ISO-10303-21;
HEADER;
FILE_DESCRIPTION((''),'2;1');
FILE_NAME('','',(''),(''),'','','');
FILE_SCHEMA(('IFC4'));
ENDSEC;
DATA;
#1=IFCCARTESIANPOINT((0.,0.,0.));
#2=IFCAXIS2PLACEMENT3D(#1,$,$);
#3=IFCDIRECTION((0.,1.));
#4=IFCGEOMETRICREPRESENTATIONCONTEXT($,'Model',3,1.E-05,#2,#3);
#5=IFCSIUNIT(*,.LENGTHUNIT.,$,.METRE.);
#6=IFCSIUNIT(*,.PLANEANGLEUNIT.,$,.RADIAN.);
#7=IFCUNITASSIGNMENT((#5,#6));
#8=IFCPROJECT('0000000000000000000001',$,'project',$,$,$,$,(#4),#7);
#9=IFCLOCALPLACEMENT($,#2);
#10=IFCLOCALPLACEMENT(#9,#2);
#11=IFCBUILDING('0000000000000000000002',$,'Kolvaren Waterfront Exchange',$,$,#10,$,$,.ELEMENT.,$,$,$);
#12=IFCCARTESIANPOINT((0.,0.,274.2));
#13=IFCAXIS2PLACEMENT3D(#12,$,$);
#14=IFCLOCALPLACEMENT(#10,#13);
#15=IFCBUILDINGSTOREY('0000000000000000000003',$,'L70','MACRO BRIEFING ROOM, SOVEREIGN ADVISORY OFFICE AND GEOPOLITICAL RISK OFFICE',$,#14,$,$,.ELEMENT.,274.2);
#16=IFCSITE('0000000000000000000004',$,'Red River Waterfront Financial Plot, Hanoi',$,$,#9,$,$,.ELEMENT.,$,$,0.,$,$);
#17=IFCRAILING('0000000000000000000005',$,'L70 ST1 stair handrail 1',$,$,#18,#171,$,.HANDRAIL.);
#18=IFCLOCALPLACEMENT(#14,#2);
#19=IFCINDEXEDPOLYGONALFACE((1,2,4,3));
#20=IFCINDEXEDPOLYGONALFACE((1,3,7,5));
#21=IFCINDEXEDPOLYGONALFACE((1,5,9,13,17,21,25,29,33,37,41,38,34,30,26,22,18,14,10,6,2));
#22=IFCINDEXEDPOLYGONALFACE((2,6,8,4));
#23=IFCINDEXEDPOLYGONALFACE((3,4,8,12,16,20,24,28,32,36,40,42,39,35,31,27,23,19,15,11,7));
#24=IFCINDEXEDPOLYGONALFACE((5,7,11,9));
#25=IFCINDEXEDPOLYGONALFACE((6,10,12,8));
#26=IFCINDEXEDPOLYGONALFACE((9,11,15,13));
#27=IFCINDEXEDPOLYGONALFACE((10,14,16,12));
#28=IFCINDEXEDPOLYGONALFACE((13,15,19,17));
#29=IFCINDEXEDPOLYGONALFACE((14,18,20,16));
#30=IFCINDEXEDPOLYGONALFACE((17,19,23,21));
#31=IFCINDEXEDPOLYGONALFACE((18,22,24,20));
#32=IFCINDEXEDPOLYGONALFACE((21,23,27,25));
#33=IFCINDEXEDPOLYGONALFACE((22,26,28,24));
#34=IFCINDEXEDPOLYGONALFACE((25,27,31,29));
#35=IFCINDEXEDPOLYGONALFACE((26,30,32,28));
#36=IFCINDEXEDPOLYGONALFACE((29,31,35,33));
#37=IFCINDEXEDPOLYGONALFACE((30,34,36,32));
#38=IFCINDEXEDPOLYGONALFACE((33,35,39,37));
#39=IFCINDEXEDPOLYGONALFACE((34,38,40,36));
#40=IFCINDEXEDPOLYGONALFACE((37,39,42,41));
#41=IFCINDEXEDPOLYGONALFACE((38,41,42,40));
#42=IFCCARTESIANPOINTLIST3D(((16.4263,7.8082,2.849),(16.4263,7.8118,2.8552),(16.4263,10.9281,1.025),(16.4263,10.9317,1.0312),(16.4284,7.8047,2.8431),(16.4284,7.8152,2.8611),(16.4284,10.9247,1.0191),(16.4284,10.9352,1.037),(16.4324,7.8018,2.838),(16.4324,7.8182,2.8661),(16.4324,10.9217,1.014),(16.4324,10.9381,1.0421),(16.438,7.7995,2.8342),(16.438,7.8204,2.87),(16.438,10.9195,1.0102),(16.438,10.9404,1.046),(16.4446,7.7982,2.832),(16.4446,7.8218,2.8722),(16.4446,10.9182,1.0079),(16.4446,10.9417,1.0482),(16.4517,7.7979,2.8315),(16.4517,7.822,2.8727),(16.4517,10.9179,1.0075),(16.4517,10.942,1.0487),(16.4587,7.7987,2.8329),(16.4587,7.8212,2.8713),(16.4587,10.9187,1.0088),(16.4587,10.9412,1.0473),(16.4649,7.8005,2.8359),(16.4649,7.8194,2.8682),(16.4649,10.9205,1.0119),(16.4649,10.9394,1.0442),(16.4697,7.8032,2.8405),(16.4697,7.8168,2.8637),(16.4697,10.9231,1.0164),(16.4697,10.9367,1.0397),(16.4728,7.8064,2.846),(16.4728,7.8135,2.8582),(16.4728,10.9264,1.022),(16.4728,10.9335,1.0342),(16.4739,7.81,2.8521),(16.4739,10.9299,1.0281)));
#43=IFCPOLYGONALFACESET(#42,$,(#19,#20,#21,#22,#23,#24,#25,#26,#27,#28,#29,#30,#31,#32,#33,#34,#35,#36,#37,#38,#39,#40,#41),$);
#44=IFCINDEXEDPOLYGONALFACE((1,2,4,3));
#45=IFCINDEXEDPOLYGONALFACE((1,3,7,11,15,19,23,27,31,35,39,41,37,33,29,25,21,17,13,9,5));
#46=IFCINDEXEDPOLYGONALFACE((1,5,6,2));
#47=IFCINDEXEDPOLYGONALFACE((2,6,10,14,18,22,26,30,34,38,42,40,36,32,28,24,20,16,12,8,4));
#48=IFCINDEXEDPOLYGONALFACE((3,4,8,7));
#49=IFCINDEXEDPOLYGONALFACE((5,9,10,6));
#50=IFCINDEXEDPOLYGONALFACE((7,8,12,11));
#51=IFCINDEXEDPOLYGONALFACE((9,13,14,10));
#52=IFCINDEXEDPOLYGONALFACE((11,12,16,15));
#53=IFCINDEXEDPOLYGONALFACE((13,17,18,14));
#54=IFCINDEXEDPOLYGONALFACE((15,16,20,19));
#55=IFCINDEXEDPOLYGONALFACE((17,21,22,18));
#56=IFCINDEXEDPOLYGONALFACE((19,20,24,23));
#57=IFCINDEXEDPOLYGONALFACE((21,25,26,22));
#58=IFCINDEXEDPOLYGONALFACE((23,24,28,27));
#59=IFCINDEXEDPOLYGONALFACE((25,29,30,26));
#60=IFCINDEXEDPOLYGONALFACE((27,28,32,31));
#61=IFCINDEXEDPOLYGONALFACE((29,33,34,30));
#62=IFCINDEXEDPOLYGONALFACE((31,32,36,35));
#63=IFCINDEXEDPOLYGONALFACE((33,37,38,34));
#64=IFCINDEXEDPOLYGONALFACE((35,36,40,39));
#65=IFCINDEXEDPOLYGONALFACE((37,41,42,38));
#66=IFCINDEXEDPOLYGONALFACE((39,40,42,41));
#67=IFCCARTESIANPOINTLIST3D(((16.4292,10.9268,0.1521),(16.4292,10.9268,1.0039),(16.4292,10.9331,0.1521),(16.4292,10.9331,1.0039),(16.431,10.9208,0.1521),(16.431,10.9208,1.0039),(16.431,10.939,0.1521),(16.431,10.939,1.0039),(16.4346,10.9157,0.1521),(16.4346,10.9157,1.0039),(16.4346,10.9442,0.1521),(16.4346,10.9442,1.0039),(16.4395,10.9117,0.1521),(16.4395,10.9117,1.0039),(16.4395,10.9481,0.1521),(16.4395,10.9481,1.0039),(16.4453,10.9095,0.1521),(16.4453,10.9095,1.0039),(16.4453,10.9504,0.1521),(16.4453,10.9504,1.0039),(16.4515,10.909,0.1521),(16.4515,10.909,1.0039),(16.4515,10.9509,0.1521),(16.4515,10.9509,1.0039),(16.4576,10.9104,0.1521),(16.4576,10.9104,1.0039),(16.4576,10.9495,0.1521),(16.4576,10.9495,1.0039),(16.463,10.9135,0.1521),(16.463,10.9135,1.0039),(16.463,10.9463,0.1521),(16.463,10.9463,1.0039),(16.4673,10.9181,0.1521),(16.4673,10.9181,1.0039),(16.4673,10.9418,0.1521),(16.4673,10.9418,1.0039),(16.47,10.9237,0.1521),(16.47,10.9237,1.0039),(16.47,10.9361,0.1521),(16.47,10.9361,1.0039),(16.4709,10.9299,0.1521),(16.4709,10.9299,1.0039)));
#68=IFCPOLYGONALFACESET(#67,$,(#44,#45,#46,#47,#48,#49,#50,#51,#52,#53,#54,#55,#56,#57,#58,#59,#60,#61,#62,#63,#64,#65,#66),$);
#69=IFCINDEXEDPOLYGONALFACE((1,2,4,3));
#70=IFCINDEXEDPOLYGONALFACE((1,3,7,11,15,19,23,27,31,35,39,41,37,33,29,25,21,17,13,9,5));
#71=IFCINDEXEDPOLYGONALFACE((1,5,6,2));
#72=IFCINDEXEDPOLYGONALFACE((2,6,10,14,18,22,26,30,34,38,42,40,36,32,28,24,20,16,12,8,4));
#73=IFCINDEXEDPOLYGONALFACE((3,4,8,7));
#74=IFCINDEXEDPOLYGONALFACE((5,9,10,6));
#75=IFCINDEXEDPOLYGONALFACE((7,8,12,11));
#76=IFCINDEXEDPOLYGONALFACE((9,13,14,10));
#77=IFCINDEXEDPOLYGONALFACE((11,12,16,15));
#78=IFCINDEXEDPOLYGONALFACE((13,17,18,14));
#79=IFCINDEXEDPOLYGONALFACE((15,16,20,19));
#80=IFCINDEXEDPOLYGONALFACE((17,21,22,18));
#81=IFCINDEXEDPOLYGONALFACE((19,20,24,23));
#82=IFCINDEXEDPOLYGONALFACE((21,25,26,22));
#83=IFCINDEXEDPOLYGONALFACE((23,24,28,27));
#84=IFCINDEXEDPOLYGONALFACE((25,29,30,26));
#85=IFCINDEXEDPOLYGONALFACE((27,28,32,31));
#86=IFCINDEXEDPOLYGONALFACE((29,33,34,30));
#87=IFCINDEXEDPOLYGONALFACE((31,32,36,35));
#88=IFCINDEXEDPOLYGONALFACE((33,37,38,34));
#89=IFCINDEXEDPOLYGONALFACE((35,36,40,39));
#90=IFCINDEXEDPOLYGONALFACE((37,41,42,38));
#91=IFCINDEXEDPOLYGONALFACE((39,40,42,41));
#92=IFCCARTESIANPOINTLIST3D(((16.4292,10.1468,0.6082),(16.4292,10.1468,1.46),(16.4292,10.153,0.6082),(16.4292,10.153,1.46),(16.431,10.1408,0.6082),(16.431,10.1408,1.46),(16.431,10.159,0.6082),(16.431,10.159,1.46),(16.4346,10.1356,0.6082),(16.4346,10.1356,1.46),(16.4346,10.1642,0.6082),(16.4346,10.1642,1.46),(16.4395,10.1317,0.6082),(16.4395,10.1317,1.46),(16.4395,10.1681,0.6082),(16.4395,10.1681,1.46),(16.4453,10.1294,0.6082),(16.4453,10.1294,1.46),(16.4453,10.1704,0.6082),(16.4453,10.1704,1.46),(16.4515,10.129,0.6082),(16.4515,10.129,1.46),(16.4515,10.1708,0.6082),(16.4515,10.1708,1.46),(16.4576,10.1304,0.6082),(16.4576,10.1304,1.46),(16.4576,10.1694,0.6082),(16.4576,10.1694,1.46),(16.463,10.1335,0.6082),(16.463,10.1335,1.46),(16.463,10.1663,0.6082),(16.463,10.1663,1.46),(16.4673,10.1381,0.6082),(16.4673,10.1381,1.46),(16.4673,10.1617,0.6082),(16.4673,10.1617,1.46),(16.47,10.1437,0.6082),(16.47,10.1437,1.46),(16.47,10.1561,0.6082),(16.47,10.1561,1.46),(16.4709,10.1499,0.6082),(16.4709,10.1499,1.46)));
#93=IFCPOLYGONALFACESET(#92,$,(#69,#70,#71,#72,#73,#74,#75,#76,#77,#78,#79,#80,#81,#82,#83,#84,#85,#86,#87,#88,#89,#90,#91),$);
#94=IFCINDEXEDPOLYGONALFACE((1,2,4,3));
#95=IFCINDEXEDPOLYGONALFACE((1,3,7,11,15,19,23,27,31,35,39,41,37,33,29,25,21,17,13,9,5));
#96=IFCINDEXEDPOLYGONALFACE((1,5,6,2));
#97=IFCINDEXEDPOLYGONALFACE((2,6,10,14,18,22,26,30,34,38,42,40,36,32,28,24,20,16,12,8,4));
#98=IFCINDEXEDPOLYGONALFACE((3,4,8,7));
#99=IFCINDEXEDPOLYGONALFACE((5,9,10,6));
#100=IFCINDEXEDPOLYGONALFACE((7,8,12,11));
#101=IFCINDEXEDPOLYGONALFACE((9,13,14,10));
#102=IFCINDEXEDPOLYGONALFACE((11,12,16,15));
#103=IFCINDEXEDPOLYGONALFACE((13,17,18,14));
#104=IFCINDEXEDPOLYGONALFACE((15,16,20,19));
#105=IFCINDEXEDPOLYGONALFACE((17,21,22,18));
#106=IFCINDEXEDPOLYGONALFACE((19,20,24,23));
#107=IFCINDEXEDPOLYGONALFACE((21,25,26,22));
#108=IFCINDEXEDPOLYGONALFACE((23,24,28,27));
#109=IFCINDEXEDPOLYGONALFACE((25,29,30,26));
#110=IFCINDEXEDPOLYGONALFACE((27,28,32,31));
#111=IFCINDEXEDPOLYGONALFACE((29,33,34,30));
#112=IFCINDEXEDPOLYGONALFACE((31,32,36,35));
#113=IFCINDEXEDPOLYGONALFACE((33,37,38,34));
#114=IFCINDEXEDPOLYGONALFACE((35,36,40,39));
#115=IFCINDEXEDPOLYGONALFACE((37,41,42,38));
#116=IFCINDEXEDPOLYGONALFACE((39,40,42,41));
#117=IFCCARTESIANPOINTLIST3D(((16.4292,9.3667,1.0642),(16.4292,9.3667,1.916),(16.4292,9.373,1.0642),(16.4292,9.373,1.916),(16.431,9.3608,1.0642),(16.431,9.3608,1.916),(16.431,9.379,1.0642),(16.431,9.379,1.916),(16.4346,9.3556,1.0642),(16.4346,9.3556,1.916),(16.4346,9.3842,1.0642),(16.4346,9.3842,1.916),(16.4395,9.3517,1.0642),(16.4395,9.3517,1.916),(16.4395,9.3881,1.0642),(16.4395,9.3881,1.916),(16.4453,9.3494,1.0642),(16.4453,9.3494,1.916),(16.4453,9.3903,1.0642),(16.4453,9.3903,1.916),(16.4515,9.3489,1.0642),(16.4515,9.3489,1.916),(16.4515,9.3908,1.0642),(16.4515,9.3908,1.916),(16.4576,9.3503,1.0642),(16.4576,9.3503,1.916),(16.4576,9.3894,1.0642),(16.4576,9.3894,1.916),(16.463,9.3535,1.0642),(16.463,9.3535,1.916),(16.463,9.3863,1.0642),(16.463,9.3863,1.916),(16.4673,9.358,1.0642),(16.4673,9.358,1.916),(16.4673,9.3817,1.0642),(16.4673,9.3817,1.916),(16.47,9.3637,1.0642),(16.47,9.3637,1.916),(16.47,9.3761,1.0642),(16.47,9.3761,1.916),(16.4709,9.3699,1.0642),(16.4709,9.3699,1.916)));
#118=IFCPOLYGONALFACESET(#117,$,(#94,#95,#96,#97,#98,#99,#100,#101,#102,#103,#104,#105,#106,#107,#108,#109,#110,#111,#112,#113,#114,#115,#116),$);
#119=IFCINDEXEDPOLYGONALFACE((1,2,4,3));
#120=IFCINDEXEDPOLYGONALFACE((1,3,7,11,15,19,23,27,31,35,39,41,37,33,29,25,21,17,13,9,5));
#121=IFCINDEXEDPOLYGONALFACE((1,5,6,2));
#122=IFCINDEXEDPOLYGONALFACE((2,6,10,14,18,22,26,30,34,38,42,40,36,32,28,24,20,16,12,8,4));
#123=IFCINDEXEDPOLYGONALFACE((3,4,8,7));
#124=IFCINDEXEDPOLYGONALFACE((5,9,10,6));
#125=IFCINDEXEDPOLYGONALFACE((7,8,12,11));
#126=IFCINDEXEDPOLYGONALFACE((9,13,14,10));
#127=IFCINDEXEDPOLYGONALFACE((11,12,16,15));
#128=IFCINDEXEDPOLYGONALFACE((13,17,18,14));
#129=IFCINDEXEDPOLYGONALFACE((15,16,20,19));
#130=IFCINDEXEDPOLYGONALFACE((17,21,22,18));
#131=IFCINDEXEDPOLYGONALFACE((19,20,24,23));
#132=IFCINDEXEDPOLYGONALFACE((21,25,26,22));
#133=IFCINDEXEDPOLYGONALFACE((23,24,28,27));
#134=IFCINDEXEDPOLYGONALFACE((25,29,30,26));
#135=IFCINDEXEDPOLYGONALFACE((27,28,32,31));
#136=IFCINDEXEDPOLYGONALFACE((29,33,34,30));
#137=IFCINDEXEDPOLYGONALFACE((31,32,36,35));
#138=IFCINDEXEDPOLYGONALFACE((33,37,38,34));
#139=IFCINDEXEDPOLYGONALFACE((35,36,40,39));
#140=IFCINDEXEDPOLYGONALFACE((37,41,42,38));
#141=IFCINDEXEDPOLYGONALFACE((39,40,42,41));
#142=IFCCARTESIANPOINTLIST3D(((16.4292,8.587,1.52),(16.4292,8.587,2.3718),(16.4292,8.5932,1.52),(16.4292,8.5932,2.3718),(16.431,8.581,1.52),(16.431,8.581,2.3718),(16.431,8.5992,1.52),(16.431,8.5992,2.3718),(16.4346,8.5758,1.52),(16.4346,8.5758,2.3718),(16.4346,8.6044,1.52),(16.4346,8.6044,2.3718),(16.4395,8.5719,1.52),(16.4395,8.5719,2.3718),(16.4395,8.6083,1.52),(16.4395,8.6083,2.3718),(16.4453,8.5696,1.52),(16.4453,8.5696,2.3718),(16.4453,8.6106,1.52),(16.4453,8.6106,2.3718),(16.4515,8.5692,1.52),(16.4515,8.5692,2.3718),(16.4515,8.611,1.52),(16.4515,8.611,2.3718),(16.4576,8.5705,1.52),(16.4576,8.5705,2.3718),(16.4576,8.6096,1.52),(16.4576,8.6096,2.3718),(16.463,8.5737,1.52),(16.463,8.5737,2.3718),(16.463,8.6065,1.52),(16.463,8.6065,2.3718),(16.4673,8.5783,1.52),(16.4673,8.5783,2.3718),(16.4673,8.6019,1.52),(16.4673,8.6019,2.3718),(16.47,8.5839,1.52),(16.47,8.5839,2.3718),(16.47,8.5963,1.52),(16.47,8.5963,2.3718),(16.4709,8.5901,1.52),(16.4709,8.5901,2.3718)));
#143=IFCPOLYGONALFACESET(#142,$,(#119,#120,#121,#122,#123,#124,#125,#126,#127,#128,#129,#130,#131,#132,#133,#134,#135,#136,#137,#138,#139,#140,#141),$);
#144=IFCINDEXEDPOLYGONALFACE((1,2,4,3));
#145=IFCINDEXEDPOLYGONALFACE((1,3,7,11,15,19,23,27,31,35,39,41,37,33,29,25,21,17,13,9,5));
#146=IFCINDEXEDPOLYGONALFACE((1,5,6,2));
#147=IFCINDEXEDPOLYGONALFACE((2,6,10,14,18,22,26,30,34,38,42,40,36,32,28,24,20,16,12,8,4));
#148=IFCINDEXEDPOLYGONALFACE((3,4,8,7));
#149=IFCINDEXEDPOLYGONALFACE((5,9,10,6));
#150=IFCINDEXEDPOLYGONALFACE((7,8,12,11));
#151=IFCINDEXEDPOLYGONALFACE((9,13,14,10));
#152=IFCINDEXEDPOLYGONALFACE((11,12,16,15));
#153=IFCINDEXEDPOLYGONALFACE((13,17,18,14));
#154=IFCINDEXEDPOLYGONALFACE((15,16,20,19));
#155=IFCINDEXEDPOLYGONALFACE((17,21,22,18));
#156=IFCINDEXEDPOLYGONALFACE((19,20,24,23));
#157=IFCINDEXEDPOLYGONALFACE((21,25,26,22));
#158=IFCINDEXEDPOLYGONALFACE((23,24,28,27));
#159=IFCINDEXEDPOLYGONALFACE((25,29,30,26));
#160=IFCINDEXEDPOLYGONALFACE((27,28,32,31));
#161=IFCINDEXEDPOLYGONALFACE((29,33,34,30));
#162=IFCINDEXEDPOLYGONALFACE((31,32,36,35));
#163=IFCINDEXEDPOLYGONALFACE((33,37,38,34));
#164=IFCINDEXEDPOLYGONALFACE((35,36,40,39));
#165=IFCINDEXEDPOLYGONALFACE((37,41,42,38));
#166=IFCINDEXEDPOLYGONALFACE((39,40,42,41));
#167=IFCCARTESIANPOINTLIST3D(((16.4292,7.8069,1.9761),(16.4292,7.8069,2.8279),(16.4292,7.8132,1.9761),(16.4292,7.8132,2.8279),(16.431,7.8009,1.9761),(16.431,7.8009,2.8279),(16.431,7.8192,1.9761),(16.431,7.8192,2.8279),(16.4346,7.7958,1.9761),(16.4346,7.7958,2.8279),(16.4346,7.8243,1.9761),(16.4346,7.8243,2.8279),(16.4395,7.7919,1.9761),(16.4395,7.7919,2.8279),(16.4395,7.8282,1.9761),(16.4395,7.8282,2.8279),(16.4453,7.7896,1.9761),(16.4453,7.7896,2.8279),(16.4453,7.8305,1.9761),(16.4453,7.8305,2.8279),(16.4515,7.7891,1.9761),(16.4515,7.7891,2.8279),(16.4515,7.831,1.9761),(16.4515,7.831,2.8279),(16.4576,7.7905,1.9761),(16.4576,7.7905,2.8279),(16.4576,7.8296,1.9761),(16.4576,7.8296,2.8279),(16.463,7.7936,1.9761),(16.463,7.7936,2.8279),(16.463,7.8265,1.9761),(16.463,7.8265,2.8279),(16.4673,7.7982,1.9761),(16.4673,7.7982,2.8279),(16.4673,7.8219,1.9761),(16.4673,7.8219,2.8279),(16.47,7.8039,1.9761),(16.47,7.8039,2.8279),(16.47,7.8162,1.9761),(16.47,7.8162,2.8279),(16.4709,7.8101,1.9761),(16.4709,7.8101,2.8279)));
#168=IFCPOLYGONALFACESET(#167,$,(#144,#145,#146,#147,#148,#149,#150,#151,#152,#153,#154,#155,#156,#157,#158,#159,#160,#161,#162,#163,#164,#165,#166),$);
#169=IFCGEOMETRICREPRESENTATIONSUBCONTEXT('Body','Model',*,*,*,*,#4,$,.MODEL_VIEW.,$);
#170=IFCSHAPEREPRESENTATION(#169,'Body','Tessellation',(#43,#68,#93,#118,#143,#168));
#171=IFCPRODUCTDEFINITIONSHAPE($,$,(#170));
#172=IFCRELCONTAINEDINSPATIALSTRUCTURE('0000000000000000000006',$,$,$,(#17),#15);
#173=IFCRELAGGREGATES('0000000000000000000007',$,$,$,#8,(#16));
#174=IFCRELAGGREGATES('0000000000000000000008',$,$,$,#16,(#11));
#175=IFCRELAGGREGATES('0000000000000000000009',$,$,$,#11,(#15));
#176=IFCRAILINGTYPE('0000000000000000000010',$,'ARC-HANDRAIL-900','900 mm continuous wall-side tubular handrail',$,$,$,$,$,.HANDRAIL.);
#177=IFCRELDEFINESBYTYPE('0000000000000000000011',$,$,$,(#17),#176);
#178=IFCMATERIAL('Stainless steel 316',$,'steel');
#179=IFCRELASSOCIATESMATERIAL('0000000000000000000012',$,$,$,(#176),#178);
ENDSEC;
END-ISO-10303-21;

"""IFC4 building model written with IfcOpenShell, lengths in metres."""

from ifc_helpers import new_model, si_unit, direction, frame, origin, origin_2d, place, context, subcontext, project, spatial, circle, extrude, material, type_object, element, save


model = new_model("IFC4")

# Units and contexts
model_context = context("Model", 3, precision=1e-05, world=origin(), true_north=direction((0.0, 1.0)))
body_context = subcontext(model_context, "Body", "Model", "MODEL_VIEW")
ifc_project = project(units=[si_unit("LENGTHUNIT", "METRE"), si_unit("PLANEANGLEUNIT", "RADIAN")], contexts=[model_context])

# Site, building, storey
site_placement = place(None, origin())
site = spatial("IfcSite", under=ifc_project, at=site_placement, Name="Red River Waterfront Financial Plot, Hanoi", CompositionType="ELEMENT", RefElevation=0.0)
building_placement = place(site_placement, origin())
building = spatial("IfcBuilding", under=site, at=building_placement, Name="Kolvaren Waterfront Exchange", CompositionType="ELEMENT")
storey_placement = place(building_placement, frame((0.0, 0.0, 274.2)))
storey = spatial("IfcBuildingStorey", under=building, at=storey_placement, Name="L70", Description="MACRO BRIEFING ROOM, SOVEREIGN ADVISORY OFFICE AND GEOPOLITICAL RISK OFFICE", CompositionType="ELEMENT", Elevation=274.2)

# Railing
ifc_material_1 = material(Name="Stainless steel 316", Category="steel")
railing_type_1 = type_object("IfcRailingType", Name="ARC-HANDRAIL-900", Description="900 mm continuous wall-side tubular handrail", PredefinedType="HANDRAIL", material=ifc_material_1)
railing_1_placement = place(storey_placement, frame((16.45, 10.9299, 0.1521)))
element("IfcRailing", 1, at=railing_1_placement, inside=storey, type_object=railing_type_1, Name="L70 ST1 stair handrail 1", PredefinedType="HANDRAIL", context=body_context, shape_type="SweptSolid", body=[
    extrude(circle(Radius=0.0239, at=origin_2d()), frame((0.0, 0.0, 0.876), z_axis=(0.0, -0.863291, 0.504707), x_axis=(1.0, 0.0, 0.0)), (0.0, 0.0, 1.0), 3.614),
    extrude(circle(Radius=0.021, at=origin_2d()), origin(), (0.0, 0.0, 1.0), 0.8518),
    extrude(circle(Radius=0.021, at=origin_2d()), frame((0.0, -0.78, 0.4561)), (0.0, 0.0, 1.0), 0.8518),
    extrude(circle(Radius=0.021, at=origin_2d()), frame((0.0, -1.5601, 0.9121)), (0.0, 0.0, 1.0), 0.8518),
    extrude(circle(Radius=0.021, at=origin_2d()), frame((0.0, -2.3398, 1.3679)), (0.0, 0.0, 1.0), 0.8518),
    extrude(circle(Radius=0.021, at=origin_2d()), frame((0.0, -3.1199, 1.824)), (0.0, 0.0, 1.0), 0.8518),
])

save(model, "model.ifc")
